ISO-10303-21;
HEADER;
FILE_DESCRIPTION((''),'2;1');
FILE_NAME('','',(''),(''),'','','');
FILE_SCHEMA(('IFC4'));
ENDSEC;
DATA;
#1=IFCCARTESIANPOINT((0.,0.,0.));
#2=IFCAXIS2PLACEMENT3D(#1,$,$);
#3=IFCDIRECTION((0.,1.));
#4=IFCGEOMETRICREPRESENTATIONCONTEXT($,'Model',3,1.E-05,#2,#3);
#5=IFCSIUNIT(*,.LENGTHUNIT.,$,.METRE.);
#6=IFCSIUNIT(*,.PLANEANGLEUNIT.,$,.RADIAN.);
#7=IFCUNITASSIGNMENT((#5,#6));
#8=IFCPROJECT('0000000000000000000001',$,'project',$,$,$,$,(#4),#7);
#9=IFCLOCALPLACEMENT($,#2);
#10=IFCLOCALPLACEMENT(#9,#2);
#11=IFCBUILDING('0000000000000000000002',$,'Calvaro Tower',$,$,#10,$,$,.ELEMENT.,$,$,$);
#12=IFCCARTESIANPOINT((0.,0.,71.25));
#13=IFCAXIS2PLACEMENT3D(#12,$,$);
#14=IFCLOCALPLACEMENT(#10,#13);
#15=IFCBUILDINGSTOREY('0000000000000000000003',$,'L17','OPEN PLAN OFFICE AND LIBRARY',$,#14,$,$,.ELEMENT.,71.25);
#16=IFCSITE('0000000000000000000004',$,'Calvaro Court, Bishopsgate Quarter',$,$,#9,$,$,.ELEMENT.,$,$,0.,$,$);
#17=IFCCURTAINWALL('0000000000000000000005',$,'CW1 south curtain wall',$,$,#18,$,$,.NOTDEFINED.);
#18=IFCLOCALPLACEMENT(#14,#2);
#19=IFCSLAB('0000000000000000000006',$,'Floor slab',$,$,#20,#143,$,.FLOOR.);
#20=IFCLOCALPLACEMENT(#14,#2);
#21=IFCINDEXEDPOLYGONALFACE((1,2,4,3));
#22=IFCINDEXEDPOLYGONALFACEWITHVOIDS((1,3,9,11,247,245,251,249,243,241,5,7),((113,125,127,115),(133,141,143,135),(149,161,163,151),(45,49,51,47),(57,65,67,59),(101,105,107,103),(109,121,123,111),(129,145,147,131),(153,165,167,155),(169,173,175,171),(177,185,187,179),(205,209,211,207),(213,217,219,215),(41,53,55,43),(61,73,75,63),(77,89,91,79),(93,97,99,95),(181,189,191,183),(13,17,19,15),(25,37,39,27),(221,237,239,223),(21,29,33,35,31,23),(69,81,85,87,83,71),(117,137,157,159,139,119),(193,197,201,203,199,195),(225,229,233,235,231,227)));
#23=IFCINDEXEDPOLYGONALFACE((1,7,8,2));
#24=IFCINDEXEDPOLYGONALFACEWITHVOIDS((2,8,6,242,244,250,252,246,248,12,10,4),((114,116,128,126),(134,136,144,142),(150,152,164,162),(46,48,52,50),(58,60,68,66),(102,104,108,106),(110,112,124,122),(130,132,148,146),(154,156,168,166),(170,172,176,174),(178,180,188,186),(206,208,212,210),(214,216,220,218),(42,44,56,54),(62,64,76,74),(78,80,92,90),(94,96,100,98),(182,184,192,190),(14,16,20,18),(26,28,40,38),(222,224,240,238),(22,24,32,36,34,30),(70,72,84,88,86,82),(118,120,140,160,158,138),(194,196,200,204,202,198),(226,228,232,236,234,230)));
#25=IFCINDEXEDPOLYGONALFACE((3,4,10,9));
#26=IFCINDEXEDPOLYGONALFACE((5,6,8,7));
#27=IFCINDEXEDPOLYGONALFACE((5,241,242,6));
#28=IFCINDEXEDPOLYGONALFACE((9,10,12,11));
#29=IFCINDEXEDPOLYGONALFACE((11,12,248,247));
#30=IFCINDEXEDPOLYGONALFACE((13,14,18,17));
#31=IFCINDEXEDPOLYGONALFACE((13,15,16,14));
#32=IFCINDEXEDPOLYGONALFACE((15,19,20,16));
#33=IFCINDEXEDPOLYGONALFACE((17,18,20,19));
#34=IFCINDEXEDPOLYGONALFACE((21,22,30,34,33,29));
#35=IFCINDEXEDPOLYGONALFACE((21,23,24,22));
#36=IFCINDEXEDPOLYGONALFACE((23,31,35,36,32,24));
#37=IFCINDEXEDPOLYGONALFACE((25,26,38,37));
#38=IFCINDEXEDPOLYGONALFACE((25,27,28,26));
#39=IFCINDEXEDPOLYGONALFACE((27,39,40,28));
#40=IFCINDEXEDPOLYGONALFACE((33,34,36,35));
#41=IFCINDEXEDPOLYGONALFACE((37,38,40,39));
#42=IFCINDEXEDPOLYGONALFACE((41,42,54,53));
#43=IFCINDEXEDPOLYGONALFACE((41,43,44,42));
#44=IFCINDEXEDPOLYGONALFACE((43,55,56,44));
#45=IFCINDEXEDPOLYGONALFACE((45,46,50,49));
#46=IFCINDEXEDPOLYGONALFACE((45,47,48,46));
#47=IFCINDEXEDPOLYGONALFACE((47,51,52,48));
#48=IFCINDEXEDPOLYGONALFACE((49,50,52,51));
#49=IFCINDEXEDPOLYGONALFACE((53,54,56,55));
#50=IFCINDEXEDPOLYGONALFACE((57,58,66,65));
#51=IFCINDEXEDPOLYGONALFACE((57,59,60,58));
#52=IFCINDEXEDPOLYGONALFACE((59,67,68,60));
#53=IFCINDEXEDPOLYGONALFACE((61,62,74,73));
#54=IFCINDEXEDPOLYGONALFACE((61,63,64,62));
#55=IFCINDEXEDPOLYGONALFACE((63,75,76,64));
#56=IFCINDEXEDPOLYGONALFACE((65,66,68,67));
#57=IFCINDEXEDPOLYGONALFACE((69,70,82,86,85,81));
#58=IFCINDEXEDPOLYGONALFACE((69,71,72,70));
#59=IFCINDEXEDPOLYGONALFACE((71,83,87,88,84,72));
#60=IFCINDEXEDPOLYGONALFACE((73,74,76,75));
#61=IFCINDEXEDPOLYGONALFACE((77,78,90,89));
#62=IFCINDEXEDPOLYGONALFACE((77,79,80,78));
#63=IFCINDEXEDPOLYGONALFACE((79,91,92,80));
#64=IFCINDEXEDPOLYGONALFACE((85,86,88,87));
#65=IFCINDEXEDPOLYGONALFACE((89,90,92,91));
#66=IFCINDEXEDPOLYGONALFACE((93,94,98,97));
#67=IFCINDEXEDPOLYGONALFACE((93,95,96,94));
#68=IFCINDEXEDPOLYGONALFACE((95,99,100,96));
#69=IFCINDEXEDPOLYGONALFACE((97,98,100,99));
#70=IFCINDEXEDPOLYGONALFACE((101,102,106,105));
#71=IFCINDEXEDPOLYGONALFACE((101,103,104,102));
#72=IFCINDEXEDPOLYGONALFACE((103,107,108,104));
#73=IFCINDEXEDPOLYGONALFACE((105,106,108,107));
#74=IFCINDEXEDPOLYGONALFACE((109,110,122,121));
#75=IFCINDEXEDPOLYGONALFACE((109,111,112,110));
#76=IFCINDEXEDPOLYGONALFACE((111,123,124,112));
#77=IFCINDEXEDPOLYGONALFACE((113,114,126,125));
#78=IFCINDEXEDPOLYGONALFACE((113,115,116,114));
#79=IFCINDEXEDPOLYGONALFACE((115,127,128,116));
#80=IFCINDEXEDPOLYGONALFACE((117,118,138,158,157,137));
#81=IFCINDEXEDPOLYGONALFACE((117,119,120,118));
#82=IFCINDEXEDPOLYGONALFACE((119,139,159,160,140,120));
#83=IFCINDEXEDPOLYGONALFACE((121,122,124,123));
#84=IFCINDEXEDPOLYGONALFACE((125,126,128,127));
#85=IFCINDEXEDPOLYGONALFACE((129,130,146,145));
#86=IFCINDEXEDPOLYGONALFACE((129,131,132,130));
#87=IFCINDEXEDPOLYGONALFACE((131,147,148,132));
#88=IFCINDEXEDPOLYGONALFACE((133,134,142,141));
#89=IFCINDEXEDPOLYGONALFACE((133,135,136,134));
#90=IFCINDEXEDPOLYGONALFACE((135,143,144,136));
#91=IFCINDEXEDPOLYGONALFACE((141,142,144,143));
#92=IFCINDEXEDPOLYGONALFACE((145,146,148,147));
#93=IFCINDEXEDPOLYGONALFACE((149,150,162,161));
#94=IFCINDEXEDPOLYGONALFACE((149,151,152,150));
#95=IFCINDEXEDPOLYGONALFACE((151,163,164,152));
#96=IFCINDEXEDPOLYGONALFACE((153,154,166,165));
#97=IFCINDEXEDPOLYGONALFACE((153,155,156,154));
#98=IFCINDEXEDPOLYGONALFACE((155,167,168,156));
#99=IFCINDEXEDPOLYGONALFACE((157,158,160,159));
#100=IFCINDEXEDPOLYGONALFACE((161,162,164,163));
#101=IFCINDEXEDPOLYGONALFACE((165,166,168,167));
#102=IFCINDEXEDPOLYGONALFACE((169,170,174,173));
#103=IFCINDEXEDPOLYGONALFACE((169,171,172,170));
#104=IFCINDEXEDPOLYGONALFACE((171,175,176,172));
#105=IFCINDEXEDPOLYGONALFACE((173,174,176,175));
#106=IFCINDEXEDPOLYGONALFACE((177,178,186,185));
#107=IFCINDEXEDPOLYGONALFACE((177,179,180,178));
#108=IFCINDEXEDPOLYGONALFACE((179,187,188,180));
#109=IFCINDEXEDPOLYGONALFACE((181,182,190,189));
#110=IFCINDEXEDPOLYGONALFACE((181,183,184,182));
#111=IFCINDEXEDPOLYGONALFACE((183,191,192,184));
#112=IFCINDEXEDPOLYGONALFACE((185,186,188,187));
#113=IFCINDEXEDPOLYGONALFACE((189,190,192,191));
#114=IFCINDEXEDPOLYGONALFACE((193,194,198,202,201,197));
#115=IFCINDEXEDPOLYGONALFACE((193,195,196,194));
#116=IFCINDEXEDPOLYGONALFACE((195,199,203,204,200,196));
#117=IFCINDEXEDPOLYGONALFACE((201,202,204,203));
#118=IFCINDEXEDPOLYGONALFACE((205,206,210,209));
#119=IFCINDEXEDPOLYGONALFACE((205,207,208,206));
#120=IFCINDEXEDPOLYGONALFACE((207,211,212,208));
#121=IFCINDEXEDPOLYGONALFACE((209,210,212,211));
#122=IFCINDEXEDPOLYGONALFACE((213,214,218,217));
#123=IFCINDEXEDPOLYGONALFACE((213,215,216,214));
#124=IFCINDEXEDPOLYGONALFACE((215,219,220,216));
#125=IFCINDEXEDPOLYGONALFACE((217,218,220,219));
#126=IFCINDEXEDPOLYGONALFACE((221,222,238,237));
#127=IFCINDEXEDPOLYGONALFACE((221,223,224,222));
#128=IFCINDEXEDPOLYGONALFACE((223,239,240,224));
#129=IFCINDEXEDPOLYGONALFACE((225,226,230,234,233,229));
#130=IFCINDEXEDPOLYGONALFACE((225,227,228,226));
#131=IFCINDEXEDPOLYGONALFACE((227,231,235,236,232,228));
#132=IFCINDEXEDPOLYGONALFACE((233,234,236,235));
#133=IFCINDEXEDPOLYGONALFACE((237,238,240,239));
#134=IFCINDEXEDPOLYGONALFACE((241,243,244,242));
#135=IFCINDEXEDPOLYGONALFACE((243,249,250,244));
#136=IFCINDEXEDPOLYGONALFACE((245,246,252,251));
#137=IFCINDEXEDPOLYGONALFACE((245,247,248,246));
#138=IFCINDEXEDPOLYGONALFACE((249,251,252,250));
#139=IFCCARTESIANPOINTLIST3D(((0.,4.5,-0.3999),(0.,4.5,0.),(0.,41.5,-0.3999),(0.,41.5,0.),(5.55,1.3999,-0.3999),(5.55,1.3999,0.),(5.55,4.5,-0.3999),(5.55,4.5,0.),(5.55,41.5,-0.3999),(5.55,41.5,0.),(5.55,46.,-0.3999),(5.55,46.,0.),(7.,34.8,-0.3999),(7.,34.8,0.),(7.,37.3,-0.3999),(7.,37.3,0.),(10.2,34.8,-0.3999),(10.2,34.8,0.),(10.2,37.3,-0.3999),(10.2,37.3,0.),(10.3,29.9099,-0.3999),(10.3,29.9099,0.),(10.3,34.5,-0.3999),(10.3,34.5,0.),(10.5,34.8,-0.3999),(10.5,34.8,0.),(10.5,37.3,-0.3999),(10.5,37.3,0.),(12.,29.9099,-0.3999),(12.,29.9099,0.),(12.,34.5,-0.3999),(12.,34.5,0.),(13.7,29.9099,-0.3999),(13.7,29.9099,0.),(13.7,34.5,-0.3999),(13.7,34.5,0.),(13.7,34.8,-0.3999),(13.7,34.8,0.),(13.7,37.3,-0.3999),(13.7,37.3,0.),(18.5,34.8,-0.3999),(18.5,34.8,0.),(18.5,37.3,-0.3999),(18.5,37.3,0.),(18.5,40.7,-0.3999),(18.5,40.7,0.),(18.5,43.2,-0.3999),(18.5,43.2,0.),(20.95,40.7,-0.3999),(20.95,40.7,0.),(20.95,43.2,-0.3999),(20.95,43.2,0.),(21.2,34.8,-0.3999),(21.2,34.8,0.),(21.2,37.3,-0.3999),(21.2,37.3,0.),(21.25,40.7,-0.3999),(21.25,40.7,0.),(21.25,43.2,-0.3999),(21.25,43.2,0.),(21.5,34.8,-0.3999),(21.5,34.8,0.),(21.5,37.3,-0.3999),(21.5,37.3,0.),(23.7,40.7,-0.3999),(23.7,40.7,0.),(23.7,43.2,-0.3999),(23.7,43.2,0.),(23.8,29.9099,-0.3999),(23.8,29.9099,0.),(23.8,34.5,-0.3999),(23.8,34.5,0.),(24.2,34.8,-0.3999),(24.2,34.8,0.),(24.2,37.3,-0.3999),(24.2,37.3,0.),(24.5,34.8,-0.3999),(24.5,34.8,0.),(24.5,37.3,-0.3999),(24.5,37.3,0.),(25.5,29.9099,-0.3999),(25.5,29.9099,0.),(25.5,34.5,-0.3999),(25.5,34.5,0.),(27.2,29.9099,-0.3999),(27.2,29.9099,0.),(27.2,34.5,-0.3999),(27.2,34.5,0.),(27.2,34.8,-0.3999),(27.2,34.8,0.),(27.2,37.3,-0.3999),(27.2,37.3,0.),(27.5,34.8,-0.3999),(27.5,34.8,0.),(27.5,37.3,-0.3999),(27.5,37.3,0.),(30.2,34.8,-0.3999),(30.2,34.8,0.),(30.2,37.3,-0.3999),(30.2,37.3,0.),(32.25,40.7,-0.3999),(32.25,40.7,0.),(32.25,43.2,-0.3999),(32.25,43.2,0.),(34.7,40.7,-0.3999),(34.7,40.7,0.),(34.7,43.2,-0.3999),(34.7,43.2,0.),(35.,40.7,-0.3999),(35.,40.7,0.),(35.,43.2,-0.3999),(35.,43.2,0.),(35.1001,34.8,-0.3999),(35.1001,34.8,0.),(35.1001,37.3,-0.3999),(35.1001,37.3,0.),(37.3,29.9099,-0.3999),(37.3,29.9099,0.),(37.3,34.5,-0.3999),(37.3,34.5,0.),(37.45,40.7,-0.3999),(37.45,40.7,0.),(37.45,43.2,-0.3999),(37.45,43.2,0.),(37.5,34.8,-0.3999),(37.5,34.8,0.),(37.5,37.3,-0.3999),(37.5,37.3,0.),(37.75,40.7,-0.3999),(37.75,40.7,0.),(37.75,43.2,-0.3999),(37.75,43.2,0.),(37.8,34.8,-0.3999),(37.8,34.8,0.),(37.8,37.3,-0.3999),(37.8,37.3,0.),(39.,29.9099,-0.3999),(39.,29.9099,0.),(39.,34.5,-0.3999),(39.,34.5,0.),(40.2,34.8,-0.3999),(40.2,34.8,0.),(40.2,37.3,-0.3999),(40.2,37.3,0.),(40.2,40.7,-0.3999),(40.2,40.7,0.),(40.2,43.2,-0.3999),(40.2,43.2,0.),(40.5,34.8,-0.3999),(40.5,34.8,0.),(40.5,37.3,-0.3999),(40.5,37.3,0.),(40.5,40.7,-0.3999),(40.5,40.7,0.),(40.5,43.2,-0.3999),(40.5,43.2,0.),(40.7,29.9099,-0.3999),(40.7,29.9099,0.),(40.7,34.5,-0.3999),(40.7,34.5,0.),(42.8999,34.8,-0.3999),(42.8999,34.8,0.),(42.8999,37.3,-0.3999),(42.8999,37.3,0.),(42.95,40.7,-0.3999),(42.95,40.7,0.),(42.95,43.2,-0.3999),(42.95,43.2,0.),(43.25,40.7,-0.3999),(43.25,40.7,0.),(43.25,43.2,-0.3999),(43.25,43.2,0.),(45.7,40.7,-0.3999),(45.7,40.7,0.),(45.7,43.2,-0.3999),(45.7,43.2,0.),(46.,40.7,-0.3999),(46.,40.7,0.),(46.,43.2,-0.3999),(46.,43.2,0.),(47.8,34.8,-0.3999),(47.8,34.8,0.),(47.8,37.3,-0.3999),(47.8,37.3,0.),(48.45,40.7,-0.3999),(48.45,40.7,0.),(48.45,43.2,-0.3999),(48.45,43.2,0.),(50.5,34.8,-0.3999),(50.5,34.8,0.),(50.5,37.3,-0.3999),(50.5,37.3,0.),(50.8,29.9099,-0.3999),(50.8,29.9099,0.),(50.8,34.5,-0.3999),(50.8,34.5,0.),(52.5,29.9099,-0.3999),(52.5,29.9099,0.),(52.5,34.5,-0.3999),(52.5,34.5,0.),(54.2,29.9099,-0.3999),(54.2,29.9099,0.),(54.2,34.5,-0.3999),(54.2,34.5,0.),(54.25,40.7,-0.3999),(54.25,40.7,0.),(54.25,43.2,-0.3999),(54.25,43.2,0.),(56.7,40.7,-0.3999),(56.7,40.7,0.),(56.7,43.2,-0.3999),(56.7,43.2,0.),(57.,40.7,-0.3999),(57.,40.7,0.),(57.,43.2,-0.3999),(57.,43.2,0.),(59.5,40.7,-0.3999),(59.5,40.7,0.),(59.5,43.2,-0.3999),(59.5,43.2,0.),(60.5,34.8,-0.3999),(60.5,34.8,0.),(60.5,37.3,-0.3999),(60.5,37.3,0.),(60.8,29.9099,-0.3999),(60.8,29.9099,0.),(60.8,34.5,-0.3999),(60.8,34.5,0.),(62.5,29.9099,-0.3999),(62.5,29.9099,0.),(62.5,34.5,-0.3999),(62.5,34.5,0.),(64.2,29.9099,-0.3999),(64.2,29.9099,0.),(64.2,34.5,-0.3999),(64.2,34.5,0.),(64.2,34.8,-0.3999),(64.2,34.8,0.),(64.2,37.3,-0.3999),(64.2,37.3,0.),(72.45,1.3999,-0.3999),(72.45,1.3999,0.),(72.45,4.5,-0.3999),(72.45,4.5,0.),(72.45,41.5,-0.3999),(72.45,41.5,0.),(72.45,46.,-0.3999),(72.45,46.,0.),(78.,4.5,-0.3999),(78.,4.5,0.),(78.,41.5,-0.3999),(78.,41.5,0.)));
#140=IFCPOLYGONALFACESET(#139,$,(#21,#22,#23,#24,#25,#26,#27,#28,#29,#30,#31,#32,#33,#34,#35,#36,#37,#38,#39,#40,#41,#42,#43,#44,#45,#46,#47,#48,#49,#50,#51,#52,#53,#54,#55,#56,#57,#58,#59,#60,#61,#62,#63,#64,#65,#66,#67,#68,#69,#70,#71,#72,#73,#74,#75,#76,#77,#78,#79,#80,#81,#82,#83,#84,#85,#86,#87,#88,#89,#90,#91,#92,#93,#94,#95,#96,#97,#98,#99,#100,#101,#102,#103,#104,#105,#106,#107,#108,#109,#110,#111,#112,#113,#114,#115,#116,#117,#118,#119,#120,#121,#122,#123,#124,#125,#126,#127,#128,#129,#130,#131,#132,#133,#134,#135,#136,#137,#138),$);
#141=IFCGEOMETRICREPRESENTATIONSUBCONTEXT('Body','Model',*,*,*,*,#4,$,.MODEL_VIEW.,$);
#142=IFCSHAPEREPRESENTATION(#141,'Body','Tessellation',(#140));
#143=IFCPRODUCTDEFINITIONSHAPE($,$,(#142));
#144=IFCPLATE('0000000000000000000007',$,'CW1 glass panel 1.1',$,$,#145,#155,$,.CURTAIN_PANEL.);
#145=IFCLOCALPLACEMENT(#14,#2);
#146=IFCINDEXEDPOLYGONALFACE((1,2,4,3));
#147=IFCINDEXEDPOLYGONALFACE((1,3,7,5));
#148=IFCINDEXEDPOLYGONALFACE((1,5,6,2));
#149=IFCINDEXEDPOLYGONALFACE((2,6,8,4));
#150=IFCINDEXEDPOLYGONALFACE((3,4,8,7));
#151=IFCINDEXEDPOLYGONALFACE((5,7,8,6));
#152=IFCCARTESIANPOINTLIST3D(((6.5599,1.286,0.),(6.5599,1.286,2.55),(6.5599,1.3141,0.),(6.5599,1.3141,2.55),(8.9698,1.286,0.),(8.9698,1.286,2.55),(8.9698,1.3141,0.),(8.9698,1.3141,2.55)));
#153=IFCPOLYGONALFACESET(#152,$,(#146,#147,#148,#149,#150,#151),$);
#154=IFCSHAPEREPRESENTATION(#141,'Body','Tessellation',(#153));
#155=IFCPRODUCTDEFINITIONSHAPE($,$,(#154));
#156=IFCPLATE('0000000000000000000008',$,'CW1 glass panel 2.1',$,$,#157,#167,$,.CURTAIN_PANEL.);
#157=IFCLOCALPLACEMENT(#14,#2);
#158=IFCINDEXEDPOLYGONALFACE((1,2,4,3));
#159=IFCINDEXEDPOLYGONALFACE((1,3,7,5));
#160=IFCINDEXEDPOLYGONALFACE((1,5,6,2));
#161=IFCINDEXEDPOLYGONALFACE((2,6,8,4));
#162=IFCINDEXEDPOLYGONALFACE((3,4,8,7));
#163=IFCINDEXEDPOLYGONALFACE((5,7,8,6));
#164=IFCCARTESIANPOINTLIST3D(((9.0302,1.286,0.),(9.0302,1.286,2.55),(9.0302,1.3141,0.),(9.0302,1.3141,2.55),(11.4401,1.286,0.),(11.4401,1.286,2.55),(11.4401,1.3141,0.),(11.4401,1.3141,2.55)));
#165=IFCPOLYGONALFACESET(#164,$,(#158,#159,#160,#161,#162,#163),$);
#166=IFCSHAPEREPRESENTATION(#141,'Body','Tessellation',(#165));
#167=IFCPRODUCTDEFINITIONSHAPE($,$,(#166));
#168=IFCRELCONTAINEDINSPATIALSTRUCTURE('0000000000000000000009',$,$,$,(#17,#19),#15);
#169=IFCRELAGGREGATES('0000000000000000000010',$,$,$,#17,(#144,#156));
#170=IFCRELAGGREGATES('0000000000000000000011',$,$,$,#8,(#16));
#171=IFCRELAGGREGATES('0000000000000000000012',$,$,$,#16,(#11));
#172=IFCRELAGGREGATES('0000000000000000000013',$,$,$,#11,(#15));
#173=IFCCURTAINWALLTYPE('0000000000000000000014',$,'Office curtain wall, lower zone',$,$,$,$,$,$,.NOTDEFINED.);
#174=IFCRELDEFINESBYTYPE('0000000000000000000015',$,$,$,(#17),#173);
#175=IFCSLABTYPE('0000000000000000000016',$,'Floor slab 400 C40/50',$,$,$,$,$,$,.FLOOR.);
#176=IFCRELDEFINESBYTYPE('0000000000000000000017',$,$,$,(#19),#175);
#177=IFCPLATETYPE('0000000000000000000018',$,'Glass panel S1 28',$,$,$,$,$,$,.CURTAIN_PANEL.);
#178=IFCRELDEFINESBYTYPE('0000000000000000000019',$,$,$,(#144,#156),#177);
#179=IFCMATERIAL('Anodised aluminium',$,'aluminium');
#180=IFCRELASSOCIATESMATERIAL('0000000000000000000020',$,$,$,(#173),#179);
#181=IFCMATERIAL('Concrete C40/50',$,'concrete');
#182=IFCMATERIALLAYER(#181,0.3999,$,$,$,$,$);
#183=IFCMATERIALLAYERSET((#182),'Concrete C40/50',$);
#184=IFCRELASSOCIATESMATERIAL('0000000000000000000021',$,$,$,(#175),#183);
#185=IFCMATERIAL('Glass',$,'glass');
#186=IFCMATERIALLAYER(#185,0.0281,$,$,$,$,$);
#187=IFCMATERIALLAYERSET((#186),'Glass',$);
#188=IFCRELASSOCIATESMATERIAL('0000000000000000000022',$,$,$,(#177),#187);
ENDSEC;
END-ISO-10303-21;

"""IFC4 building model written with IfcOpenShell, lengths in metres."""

from ifc_helpers import new_model, si_unit, direction, frame, origin, origin_2d, place, context, subcontext, project, spatial, polyline, rectangle, outline, extrude, material, layer, layer_set, type_object, element, aggregate, save


model = new_model("IFC4")

# Units and contexts
model_context = context("Model", 3, precision=1e-05, world=origin(), true_north=direction((0.0, 1.0)))
body_context = subcontext(model_context, "Body", "Model", "MODEL_VIEW")
ifc_project = project(units=[si_unit("LENGTHUNIT", "METRE"), si_unit("PLANEANGLEUNIT", "RADIAN")], contexts=[model_context])

# Site, building, storey
site_placement = place(None, origin())
site = spatial("IfcSite", under=ifc_project, at=site_placement, Name="Calvaro Court, Bishopsgate Quarter", CompositionType="ELEMENT", RefElevation=0.0)
building_placement = place(site_placement, origin())
building = spatial("IfcBuilding", under=site, at=building_placement, Name="Calvaro Tower", CompositionType="ELEMENT")
storey_placement = place(building_placement, frame((0.0, 0.0, 71.25)))
storey = spatial("IfcBuildingStorey", under=building, at=storey_placement, Name="L17", Description="OPEN PLAN OFFICE AND LIBRARY", CompositionType="ELEMENT", Elevation=71.25)

# Curtain wall
ifc_material_1 = material(Name="Anodised aluminium", Category="aluminium")
curtain_wall_type = type_object("IfcCurtainWallType", Name="Office curtain wall, lower zone", PredefinedType="NOTDEFINED", material=ifc_material_1)
curtain_wall_1_placement = place(storey_placement, origin())
curtain_wall_1 = element("IfcCurtainWall", 1, at=curtain_wall_1_placement, inside=storey, type_object=curtain_wall_type, Name="CW1 south curtain wall", PredefinedType="NOTDEFINED")

# Slab
ifc_material_2 = material(Name="Concrete C40/50", Category="concrete")
ifc_layer_1 = layer(ifc_material_2, 0.3999)
ifc_layer_set_1 = layer_set([ifc_layer_1], Name="Concrete C40/50")
slab_type_1 = type_object("IfcSlabType", Name="Floor slab 400 C40/50", PredefinedType="FLOOR", material=ifc_layer_set_1)
slab_1_placement = place(storey_placement, frame((0.0, 0.0, -0.3999)))
element("IfcSlab", 2, at=slab_1_placement, inside=storey, type_object=slab_type_1, Name="Floor slab", PredefinedType="FLOOR", context=body_context, shape_type="SweptSolid", body=[
    extrude(outline(polyline([(72.45, 4.5), (72.45, 1.3999), (5.55, 1.3999), (5.55, 4.5), (0.0, 4.5), (0.0, 41.5), (5.55, 41.5), (5.55, 46.0), (72.45, 46.0), (72.45, 41.5), (78.0, 41.5), (78.0, 4.5), (72.45, 4.5)]), holes=[polyline([(10.3, 29.9099), (10.3, 34.5), (12.0, 34.5), (13.7, 34.5), (13.7, 29.9099), (12.0, 29.9099), (10.3, 29.9099)]), polyline([(23.8, 29.9099), (23.8, 34.5), (25.5, 34.5), (27.2, 34.5), (27.2, 29.9099), (25.5, 29.9099), (23.8, 29.9099)]), polyline([(37.3, 29.9099), (37.3, 34.5), (39.0, 34.5), (40.7, 34.5), (40.7, 29.9099), (39.0, 29.9099), (37.3, 29.9099)]), polyline([(50.8, 29.9099), (50.8, 34.5), (52.5, 34.5), (54.2, 34.5), (54.2, 29.9099), (52.5, 29.9099), (50.8, 29.9099)]), polyline([(60.8, 29.9099), (60.8, 34.5), (62.5, 34.5), (64.2, 34.5), (64.2, 29.9099), (62.5, 29.9099), (60.8, 29.9099)]), polyline([(18.5, 34.8), (21.2, 34.8), (21.2, 37.3), (18.5, 37.3), (18.5, 34.8)]), polyline([(21.5, 34.8), (24.2, 34.8), (24.2, 37.3), (21.5, 37.3), (21.5, 34.8)]), polyline([(24.5, 34.8), (27.2, 34.8), (27.2, 37.3), (24.5, 37.3), (24.5, 34.8)]), polyline([(35.1001, 34.8), (37.5, 34.8), (37.5, 37.3), (35.1001, 37.3), (35.1001, 34.8)]), polyline([(37.8, 34.8), (40.2, 34.8), (40.2, 37.3), (37.8, 37.3), (37.8, 34.8)]), polyline([(40.5, 34.8), (42.8999, 34.8), (42.8999, 37.3), (40.5, 37.3), (40.5, 34.8)]), polyline([(18.5, 40.7), (20.95, 40.7), (20.95, 43.2), (18.5, 43.2), (18.5, 40.7)]), polyline([(21.25, 40.7), (23.7, 40.7), (23.7, 43.2), (21.25, 43.2), (21.25, 40.7)]), polyline([(32.25, 40.7), (34.7, 40.7), (34.7, 43.2), (32.25, 43.2), (32.25, 40.7)]), polyline([(35.0, 40.7), (37.45, 40.7), (37.45, 43.2), (35.0, 43.2), (35.0, 40.7)]), polyline([(37.75, 40.7), (40.2, 40.7), (40.2, 43.2), (37.75, 43.2), (37.75, 40.7)]), polyline([(40.5, 40.7), (42.95, 40.7), (42.95, 43.2), (40.5, 43.2), (40.5, 40.7)]), polyline([(43.25, 40.7), (45.7, 40.7), (45.7, 43.2), (43.25, 43.2), (43.25, 40.7)]), polyline([(46.0, 40.7), (48.45, 40.7), (48.45, 43.2), (46.0, 43.2), (46.0, 40.7)]), polyline([(54.25, 40.7), (56.7, 40.7), (56.7, 43.2), (54.25, 43.2), (54.25, 40.7)]), polyline([(57.0, 40.7), (59.5, 40.7), (59.5, 43.2), (57.0, 43.2), (57.0, 40.7)]), polyline([(7.0, 34.8), (10.2, 34.8), (10.2, 37.3), (7.0, 37.3), (7.0, 34.8)]), polyline([(10.5, 34.8), (13.7, 34.8), (13.7, 37.3), (10.5, 37.3), (10.5, 34.8)]), polyline([(60.5, 34.8), (64.2, 34.8), (64.2, 37.3), (60.5, 37.3), (60.5, 34.8)]), polyline([(27.5, 34.8), (30.2, 34.8), (30.2, 37.3), (27.5, 37.3), (27.5, 34.8)]), polyline([(47.8, 34.8), (50.5, 34.8), (50.5, 37.3), (47.8, 37.3), (47.8, 34.8)])]), origin(), (0.0, 0.0, 1.0), 0.3999),
])

# Plates
ifc_material_3 = material(Name="Glass", Category="glass")
ifc_layer_2 = layer(ifc_material_3, 0.0281)
ifc_layer_set_2 = layer_set([ifc_layer_2], Name="Glass")
plate_type = type_object("IfcPlateType", Name="Glass panel S1 28", PredefinedType="CURTAIN_PANEL", material=ifc_layer_set_2)
plate_1_placement = place(storey_placement, frame((7.7649, 1.3, 0.0), z_axis=(0.0, 0.0, 1.0), x_axis=(1.0, 0.0, 0.0)))
plate_1 = element("IfcPlate", 3, at=plate_1_placement, type_object=plate_type, Name="CW1 glass panel 1.1", PredefinedType="CURTAIN_PANEL", context=body_context, shape_type="SweptSolid", body=[
    extrude(rectangle(XDim=2.4099, YDim=0.0281, at=origin_2d()), origin(), (0.0, 0.0, 1.0), 2.55),
])
plate_2_placement = place(storey_placement, frame((10.2351, 1.3, 0.0), z_axis=(0.0, 0.0, 1.0), x_axis=(1.0, 0.0, 0.0)))
plate_2 = element("IfcPlate", 4, at=plate_2_placement, type_object=plate_type, Name="CW1 glass panel 2.1", PredefinedType="CURTAIN_PANEL", context=body_context, shape_type="SweptSolid", body=[
    extrude(rectangle(XDim=2.4099, YDim=0.0281, at=origin_2d()), origin(), (0.0, 0.0, 1.0), 2.55),
])
aggregate(curtain_wall_1, [plate_1, plate_2])

save(model, "model.ifc")
